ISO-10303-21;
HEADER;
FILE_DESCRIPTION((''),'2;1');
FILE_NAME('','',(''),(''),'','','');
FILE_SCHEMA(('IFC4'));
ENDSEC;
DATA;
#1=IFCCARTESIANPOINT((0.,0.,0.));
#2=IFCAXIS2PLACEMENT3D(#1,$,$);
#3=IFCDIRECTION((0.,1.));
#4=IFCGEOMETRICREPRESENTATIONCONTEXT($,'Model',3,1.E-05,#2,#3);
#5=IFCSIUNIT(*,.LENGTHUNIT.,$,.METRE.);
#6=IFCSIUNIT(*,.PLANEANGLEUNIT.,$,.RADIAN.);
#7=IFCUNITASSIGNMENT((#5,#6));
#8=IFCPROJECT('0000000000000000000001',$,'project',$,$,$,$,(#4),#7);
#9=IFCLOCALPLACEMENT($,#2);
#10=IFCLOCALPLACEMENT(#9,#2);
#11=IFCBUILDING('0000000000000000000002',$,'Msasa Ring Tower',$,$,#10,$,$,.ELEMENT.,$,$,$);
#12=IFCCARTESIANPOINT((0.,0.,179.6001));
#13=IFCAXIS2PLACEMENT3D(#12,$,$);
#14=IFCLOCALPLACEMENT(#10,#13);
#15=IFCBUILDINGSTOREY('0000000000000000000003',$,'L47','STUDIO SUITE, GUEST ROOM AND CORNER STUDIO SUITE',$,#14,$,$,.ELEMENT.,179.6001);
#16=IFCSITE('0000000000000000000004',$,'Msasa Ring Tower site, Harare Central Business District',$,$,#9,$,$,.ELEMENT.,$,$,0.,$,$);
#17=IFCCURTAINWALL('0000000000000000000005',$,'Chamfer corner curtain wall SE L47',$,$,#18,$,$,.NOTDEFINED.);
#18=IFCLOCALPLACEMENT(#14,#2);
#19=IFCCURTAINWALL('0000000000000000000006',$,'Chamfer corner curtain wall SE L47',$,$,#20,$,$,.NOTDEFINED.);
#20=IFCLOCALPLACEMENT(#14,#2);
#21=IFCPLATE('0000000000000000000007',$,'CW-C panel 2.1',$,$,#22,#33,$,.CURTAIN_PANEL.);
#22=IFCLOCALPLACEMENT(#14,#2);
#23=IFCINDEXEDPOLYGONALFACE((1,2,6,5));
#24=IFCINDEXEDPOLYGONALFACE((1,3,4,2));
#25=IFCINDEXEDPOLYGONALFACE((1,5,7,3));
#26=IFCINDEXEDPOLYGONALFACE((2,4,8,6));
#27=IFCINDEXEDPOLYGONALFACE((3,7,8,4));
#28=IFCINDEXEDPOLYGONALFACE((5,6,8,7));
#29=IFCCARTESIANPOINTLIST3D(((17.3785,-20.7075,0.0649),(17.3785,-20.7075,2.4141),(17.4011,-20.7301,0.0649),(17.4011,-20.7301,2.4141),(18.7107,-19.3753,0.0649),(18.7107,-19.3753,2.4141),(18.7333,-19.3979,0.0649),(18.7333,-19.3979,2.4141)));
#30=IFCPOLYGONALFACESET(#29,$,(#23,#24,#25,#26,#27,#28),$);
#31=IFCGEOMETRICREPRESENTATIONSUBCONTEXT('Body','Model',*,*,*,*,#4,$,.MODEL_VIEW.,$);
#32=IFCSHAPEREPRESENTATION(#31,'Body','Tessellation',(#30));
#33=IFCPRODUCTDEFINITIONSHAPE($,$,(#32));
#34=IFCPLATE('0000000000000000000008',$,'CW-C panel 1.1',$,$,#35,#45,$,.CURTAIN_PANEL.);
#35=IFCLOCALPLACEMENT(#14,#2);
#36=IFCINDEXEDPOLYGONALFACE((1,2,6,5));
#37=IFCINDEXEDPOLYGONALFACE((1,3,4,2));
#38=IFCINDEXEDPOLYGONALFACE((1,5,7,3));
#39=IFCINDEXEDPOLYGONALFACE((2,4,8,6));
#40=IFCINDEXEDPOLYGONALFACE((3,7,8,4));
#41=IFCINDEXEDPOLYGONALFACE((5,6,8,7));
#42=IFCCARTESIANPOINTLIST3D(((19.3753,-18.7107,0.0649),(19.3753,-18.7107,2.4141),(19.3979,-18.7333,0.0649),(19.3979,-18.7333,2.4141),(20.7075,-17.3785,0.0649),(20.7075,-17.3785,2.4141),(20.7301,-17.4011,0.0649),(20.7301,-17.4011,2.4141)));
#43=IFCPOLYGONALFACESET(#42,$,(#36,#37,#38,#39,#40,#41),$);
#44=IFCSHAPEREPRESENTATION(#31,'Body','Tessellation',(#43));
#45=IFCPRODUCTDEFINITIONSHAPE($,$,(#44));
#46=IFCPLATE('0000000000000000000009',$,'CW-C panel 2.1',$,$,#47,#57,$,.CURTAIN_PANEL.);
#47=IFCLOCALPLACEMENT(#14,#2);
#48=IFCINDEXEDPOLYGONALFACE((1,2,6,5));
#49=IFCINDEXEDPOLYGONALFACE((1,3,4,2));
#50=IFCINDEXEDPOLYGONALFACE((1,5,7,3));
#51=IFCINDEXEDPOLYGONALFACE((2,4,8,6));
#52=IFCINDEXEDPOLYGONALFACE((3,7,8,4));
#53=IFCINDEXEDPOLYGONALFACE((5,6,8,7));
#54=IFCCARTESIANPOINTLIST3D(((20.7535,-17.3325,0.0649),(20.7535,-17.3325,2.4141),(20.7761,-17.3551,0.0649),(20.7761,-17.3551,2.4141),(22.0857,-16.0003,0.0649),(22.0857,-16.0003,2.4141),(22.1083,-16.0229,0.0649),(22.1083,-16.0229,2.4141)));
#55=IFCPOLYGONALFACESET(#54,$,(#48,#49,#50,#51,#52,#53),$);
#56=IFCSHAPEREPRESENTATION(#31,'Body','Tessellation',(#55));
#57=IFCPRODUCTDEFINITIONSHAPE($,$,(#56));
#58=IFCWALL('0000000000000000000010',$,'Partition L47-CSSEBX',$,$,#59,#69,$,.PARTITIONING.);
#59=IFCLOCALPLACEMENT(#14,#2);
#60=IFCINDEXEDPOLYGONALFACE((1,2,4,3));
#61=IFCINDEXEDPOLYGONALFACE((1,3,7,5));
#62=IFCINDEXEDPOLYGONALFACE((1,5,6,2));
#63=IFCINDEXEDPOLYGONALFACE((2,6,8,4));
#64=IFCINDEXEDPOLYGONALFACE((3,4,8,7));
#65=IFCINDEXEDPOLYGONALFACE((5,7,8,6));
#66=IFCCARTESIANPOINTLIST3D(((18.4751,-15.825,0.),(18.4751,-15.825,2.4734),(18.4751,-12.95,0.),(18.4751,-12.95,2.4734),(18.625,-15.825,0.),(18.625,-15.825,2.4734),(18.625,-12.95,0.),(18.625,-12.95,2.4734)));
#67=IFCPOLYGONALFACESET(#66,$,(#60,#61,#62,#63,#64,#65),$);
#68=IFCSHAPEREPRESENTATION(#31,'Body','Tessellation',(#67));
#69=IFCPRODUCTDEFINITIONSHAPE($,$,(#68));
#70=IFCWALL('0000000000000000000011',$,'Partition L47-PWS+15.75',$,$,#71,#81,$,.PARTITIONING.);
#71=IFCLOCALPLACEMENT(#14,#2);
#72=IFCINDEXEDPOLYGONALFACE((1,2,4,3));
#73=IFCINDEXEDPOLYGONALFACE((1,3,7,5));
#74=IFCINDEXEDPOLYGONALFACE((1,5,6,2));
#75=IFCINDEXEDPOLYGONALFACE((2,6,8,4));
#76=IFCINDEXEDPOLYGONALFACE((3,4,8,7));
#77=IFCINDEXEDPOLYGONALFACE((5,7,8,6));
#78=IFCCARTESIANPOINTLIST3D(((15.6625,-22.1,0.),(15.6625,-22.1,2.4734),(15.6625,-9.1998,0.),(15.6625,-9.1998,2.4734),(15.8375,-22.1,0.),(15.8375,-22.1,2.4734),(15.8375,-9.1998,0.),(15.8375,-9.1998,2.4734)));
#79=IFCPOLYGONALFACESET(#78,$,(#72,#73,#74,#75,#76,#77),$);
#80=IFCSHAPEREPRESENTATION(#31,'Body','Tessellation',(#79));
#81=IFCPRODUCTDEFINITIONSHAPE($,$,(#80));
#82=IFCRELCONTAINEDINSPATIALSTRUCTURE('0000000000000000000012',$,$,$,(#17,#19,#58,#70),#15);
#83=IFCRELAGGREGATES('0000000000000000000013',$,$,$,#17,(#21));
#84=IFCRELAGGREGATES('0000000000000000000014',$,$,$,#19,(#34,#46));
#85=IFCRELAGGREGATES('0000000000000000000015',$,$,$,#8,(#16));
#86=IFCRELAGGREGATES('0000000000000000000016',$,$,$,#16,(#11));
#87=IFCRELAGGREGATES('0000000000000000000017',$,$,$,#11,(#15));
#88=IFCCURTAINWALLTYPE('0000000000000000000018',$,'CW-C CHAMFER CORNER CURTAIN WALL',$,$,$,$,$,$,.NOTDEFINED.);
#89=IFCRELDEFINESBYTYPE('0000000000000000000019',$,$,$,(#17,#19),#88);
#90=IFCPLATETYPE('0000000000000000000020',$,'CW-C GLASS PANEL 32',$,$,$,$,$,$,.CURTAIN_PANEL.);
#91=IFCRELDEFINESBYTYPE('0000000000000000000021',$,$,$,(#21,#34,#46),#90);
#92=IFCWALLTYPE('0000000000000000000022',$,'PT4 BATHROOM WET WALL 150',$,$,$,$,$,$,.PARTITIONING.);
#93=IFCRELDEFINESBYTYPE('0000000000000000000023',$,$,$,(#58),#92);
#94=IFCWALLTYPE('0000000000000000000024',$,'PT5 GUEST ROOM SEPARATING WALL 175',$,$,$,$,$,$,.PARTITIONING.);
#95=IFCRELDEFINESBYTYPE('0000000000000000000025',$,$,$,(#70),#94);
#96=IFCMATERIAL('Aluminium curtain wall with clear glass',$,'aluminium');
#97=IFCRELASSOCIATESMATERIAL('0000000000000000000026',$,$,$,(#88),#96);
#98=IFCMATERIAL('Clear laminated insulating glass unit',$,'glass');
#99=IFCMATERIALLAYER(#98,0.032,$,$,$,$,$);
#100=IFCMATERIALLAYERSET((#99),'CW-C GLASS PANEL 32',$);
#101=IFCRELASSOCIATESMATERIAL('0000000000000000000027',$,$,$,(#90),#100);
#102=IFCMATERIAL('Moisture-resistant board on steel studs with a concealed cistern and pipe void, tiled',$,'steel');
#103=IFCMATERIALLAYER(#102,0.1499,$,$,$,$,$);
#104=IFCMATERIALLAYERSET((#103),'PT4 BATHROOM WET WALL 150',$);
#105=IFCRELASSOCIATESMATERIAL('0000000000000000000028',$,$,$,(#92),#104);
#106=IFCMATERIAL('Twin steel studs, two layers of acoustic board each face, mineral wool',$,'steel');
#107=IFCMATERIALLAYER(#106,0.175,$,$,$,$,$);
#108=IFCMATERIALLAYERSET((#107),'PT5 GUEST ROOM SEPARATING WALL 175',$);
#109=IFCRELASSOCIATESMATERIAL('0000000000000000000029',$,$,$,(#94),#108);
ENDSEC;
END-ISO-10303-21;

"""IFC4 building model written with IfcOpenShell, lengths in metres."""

from ifc_helpers import new_model, si_unit, direction, frame, frame_2d, origin, origin_2d, place, context, subcontext, project, spatial, rectangle, extrude, material, layer, layer_set, type_object, element, aggregate, save


model = new_model("IFC4")

# Units and contexts
model_context = context("Model", 3, precision=1e-05, world=origin(), true_north=direction((0.0, 1.0)))
body_context = subcontext(model_context, "Body", "Model", "MODEL_VIEW")
ifc_project = project(units=[si_unit("LENGTHUNIT", "METRE"), si_unit("PLANEANGLEUNIT", "RADIAN")], contexts=[model_context])

# Site, building, storey
site_placement = place(None, origin())
site = spatial("IfcSite", under=ifc_project, at=site_placement, Name="Msasa Ring Tower site, Harare Central Business District", CompositionType="ELEMENT", RefElevation=0.0)
building_placement = place(site_placement, origin())
building = spatial("IfcBuilding", under=site, at=building_placement, Name="Msasa Ring Tower", CompositionType="ELEMENT")
storey_placement = place(building_placement, frame((0.0, 0.0, 179.6001)))
storey = spatial("IfcBuildingStorey", under=building, at=storey_placement, Name="L47", Description="STUDIO SUITE, GUEST ROOM AND CORNER STUDIO SUITE", CompositionType="ELEMENT", Elevation=179.6001)

# Curtain walls
ifc_material_1 = material(Name="Aluminium curtain wall with clear glass", Category="aluminium")
curtain_wall_type = type_object("IfcCurtainWallType", Name="CW-C CHAMFER CORNER CURTAIN WALL", PredefinedType="NOTDEFINED", material=ifc_material_1)
curtain_wall_1_placement = place(storey_placement, origin())
curtain_wall_1 = element("IfcCurtainWall", 1, at=curtain_wall_1_placement, inside=storey, type_object=curtain_wall_type, Name="Chamfer corner curtain wall SE L47", PredefinedType="NOTDEFINED")
curtain_wall_2_placement = place(storey_placement, origin())
curtain_wall_2 = element("IfcCurtainWall", 2, at=curtain_wall_2_placement, inside=storey, type_object=curtain_wall_type, Name="Chamfer corner curtain wall SE L47", PredefinedType="NOTDEFINED")

# Plates
ifc_material_2 = material(Name="Clear laminated insulating glass unit", Category="glass")
ifc_layer_1 = layer(ifc_material_2, 0.032)
ifc_layer_set_1 = layer_set([ifc_layer_1], Name="CW-C GLASS PANEL 32")
plate_type = type_object("IfcPlateType", Name="CW-C GLASS PANEL 32", PredefinedType="CURTAIN_PANEL", material=ifc_layer_set_1)
plate_1_placement = place(storey_placement, frame((18.0559, -20.0527, 0.0649), z_axis=(0.0, 0.0, 1.0), x_axis=(0.707107, 0.707107, 0.0)))
plate_1 = element("IfcPlate", 3, at=plate_1_placement, type_object=plate_type, Name="CW-C panel 2.1", PredefinedType="CURTAIN_PANEL", context=body_context, shape_type="SweptSolid", body=[
    extrude(rectangle(XDim=1.884, YDim=0.032, at=origin_2d()), origin(), (0.0, 0.0, 1.0), 2.3491),
])
aggregate(curtain_wall_1, [plate_1])
plate_2_placement = place(storey_placement, frame((20.0527, -18.0559, 0.0649), z_axis=(0.0, 0.0, 1.0), x_axis=(0.707107, 0.707107, 0.0)))
plate_2 = element("IfcPlate", 4, at=plate_2_placement, type_object=plate_type, Name="CW-C panel 1.1", PredefinedType="CURTAIN_PANEL", context=body_context, shape_type="SweptSolid", body=[
    extrude(rectangle(XDim=1.884, YDim=0.032, at=origin_2d()), origin(), (0.0, 0.0, 1.0), 2.3491),
])
plate_3_placement = place(storey_placement, frame((21.4309, -16.6777, 0.0649), z_axis=(0.0, 0.0, 1.0), x_axis=(0.707107, 0.707107, 0.0)))
plate_3 = element("IfcPlate", 5, at=plate_3_placement, type_object=plate_type, Name="CW-C panel 2.1", PredefinedType="CURTAIN_PANEL", context=body_context, shape_type="SweptSolid", body=[
    extrude(rectangle(XDim=1.884, YDim=0.032, at=origin_2d()), origin(), (0.0, 0.0, 1.0), 2.3491),
])
aggregate(curtain_wall_2, [plate_2, plate_3])

# Walls
ifc_material_3 = material(Name="Moisture-resistant board on steel studs with a concealed cistern and pipe void, tiled", Category="steel")
ifc_layer_2 = layer(ifc_material_3, 0.1499)
ifc_layer_set_2 = layer_set([ifc_layer_2], Name="PT4 BATHROOM WET WALL 150")
wall_type_1 = type_object("IfcWallType", Name="PT4 BATHROOM WET WALL 150", PredefinedType="PARTITIONING", material=ifc_layer_set_2)
wall_1_placement = place(storey_placement, frame((18.55, -15.825, 0.0), z_axis=(0.0, 0.0, 1.0), x_axis=(0.0, 1.0, 0.0)))
element("IfcWall", 6, at=wall_1_placement, inside=storey, type_object=wall_type_1, Name="Partition L47-CSSEBX", PredefinedType="PARTITIONING", context=body_context, shape_type="SweptSolid", body=[
    extrude(rectangle(XDim=2.875, YDim=0.1499, at=frame_2d((1.4375, 0.0))), origin(), (0.0, 0.0, 1.0), 2.4734),
])
ifc_material_4 = material(Name="Twin steel studs, two layers of acoustic board each face, mineral wool", Category="steel")
ifc_layer_3 = layer(ifc_material_4, 0.175)
ifc_layer_set_3 = layer_set([ifc_layer_3], Name="PT5 GUEST ROOM SEPARATING WALL 175")
wall_type_2 = type_object("IfcWallType", Name="PT5 GUEST ROOM SEPARATING WALL 175", PredefinedType="PARTITIONING", material=ifc_layer_set_3)
wall_2_placement = place(storey_placement, frame((15.75, -22.1001, 0.0), z_axis=(0.0, 0.0, 1.0), x_axis=(0.0, 1.0, 0.0)))
element("IfcWall", 7, at=wall_2_placement, inside=storey, type_object=wall_type_2, Name="Partition L47-PWS+15.75", PredefinedType="PARTITIONING", context=body_context, shape_type="SweptSolid", body=[
    extrude(rectangle(XDim=12.9001, YDim=0.175, at=frame_2d((6.4502, 0.0))), origin(), (0.0, 0.0, 1.0), 2.4734),
])

save(model, "model.ifc")
